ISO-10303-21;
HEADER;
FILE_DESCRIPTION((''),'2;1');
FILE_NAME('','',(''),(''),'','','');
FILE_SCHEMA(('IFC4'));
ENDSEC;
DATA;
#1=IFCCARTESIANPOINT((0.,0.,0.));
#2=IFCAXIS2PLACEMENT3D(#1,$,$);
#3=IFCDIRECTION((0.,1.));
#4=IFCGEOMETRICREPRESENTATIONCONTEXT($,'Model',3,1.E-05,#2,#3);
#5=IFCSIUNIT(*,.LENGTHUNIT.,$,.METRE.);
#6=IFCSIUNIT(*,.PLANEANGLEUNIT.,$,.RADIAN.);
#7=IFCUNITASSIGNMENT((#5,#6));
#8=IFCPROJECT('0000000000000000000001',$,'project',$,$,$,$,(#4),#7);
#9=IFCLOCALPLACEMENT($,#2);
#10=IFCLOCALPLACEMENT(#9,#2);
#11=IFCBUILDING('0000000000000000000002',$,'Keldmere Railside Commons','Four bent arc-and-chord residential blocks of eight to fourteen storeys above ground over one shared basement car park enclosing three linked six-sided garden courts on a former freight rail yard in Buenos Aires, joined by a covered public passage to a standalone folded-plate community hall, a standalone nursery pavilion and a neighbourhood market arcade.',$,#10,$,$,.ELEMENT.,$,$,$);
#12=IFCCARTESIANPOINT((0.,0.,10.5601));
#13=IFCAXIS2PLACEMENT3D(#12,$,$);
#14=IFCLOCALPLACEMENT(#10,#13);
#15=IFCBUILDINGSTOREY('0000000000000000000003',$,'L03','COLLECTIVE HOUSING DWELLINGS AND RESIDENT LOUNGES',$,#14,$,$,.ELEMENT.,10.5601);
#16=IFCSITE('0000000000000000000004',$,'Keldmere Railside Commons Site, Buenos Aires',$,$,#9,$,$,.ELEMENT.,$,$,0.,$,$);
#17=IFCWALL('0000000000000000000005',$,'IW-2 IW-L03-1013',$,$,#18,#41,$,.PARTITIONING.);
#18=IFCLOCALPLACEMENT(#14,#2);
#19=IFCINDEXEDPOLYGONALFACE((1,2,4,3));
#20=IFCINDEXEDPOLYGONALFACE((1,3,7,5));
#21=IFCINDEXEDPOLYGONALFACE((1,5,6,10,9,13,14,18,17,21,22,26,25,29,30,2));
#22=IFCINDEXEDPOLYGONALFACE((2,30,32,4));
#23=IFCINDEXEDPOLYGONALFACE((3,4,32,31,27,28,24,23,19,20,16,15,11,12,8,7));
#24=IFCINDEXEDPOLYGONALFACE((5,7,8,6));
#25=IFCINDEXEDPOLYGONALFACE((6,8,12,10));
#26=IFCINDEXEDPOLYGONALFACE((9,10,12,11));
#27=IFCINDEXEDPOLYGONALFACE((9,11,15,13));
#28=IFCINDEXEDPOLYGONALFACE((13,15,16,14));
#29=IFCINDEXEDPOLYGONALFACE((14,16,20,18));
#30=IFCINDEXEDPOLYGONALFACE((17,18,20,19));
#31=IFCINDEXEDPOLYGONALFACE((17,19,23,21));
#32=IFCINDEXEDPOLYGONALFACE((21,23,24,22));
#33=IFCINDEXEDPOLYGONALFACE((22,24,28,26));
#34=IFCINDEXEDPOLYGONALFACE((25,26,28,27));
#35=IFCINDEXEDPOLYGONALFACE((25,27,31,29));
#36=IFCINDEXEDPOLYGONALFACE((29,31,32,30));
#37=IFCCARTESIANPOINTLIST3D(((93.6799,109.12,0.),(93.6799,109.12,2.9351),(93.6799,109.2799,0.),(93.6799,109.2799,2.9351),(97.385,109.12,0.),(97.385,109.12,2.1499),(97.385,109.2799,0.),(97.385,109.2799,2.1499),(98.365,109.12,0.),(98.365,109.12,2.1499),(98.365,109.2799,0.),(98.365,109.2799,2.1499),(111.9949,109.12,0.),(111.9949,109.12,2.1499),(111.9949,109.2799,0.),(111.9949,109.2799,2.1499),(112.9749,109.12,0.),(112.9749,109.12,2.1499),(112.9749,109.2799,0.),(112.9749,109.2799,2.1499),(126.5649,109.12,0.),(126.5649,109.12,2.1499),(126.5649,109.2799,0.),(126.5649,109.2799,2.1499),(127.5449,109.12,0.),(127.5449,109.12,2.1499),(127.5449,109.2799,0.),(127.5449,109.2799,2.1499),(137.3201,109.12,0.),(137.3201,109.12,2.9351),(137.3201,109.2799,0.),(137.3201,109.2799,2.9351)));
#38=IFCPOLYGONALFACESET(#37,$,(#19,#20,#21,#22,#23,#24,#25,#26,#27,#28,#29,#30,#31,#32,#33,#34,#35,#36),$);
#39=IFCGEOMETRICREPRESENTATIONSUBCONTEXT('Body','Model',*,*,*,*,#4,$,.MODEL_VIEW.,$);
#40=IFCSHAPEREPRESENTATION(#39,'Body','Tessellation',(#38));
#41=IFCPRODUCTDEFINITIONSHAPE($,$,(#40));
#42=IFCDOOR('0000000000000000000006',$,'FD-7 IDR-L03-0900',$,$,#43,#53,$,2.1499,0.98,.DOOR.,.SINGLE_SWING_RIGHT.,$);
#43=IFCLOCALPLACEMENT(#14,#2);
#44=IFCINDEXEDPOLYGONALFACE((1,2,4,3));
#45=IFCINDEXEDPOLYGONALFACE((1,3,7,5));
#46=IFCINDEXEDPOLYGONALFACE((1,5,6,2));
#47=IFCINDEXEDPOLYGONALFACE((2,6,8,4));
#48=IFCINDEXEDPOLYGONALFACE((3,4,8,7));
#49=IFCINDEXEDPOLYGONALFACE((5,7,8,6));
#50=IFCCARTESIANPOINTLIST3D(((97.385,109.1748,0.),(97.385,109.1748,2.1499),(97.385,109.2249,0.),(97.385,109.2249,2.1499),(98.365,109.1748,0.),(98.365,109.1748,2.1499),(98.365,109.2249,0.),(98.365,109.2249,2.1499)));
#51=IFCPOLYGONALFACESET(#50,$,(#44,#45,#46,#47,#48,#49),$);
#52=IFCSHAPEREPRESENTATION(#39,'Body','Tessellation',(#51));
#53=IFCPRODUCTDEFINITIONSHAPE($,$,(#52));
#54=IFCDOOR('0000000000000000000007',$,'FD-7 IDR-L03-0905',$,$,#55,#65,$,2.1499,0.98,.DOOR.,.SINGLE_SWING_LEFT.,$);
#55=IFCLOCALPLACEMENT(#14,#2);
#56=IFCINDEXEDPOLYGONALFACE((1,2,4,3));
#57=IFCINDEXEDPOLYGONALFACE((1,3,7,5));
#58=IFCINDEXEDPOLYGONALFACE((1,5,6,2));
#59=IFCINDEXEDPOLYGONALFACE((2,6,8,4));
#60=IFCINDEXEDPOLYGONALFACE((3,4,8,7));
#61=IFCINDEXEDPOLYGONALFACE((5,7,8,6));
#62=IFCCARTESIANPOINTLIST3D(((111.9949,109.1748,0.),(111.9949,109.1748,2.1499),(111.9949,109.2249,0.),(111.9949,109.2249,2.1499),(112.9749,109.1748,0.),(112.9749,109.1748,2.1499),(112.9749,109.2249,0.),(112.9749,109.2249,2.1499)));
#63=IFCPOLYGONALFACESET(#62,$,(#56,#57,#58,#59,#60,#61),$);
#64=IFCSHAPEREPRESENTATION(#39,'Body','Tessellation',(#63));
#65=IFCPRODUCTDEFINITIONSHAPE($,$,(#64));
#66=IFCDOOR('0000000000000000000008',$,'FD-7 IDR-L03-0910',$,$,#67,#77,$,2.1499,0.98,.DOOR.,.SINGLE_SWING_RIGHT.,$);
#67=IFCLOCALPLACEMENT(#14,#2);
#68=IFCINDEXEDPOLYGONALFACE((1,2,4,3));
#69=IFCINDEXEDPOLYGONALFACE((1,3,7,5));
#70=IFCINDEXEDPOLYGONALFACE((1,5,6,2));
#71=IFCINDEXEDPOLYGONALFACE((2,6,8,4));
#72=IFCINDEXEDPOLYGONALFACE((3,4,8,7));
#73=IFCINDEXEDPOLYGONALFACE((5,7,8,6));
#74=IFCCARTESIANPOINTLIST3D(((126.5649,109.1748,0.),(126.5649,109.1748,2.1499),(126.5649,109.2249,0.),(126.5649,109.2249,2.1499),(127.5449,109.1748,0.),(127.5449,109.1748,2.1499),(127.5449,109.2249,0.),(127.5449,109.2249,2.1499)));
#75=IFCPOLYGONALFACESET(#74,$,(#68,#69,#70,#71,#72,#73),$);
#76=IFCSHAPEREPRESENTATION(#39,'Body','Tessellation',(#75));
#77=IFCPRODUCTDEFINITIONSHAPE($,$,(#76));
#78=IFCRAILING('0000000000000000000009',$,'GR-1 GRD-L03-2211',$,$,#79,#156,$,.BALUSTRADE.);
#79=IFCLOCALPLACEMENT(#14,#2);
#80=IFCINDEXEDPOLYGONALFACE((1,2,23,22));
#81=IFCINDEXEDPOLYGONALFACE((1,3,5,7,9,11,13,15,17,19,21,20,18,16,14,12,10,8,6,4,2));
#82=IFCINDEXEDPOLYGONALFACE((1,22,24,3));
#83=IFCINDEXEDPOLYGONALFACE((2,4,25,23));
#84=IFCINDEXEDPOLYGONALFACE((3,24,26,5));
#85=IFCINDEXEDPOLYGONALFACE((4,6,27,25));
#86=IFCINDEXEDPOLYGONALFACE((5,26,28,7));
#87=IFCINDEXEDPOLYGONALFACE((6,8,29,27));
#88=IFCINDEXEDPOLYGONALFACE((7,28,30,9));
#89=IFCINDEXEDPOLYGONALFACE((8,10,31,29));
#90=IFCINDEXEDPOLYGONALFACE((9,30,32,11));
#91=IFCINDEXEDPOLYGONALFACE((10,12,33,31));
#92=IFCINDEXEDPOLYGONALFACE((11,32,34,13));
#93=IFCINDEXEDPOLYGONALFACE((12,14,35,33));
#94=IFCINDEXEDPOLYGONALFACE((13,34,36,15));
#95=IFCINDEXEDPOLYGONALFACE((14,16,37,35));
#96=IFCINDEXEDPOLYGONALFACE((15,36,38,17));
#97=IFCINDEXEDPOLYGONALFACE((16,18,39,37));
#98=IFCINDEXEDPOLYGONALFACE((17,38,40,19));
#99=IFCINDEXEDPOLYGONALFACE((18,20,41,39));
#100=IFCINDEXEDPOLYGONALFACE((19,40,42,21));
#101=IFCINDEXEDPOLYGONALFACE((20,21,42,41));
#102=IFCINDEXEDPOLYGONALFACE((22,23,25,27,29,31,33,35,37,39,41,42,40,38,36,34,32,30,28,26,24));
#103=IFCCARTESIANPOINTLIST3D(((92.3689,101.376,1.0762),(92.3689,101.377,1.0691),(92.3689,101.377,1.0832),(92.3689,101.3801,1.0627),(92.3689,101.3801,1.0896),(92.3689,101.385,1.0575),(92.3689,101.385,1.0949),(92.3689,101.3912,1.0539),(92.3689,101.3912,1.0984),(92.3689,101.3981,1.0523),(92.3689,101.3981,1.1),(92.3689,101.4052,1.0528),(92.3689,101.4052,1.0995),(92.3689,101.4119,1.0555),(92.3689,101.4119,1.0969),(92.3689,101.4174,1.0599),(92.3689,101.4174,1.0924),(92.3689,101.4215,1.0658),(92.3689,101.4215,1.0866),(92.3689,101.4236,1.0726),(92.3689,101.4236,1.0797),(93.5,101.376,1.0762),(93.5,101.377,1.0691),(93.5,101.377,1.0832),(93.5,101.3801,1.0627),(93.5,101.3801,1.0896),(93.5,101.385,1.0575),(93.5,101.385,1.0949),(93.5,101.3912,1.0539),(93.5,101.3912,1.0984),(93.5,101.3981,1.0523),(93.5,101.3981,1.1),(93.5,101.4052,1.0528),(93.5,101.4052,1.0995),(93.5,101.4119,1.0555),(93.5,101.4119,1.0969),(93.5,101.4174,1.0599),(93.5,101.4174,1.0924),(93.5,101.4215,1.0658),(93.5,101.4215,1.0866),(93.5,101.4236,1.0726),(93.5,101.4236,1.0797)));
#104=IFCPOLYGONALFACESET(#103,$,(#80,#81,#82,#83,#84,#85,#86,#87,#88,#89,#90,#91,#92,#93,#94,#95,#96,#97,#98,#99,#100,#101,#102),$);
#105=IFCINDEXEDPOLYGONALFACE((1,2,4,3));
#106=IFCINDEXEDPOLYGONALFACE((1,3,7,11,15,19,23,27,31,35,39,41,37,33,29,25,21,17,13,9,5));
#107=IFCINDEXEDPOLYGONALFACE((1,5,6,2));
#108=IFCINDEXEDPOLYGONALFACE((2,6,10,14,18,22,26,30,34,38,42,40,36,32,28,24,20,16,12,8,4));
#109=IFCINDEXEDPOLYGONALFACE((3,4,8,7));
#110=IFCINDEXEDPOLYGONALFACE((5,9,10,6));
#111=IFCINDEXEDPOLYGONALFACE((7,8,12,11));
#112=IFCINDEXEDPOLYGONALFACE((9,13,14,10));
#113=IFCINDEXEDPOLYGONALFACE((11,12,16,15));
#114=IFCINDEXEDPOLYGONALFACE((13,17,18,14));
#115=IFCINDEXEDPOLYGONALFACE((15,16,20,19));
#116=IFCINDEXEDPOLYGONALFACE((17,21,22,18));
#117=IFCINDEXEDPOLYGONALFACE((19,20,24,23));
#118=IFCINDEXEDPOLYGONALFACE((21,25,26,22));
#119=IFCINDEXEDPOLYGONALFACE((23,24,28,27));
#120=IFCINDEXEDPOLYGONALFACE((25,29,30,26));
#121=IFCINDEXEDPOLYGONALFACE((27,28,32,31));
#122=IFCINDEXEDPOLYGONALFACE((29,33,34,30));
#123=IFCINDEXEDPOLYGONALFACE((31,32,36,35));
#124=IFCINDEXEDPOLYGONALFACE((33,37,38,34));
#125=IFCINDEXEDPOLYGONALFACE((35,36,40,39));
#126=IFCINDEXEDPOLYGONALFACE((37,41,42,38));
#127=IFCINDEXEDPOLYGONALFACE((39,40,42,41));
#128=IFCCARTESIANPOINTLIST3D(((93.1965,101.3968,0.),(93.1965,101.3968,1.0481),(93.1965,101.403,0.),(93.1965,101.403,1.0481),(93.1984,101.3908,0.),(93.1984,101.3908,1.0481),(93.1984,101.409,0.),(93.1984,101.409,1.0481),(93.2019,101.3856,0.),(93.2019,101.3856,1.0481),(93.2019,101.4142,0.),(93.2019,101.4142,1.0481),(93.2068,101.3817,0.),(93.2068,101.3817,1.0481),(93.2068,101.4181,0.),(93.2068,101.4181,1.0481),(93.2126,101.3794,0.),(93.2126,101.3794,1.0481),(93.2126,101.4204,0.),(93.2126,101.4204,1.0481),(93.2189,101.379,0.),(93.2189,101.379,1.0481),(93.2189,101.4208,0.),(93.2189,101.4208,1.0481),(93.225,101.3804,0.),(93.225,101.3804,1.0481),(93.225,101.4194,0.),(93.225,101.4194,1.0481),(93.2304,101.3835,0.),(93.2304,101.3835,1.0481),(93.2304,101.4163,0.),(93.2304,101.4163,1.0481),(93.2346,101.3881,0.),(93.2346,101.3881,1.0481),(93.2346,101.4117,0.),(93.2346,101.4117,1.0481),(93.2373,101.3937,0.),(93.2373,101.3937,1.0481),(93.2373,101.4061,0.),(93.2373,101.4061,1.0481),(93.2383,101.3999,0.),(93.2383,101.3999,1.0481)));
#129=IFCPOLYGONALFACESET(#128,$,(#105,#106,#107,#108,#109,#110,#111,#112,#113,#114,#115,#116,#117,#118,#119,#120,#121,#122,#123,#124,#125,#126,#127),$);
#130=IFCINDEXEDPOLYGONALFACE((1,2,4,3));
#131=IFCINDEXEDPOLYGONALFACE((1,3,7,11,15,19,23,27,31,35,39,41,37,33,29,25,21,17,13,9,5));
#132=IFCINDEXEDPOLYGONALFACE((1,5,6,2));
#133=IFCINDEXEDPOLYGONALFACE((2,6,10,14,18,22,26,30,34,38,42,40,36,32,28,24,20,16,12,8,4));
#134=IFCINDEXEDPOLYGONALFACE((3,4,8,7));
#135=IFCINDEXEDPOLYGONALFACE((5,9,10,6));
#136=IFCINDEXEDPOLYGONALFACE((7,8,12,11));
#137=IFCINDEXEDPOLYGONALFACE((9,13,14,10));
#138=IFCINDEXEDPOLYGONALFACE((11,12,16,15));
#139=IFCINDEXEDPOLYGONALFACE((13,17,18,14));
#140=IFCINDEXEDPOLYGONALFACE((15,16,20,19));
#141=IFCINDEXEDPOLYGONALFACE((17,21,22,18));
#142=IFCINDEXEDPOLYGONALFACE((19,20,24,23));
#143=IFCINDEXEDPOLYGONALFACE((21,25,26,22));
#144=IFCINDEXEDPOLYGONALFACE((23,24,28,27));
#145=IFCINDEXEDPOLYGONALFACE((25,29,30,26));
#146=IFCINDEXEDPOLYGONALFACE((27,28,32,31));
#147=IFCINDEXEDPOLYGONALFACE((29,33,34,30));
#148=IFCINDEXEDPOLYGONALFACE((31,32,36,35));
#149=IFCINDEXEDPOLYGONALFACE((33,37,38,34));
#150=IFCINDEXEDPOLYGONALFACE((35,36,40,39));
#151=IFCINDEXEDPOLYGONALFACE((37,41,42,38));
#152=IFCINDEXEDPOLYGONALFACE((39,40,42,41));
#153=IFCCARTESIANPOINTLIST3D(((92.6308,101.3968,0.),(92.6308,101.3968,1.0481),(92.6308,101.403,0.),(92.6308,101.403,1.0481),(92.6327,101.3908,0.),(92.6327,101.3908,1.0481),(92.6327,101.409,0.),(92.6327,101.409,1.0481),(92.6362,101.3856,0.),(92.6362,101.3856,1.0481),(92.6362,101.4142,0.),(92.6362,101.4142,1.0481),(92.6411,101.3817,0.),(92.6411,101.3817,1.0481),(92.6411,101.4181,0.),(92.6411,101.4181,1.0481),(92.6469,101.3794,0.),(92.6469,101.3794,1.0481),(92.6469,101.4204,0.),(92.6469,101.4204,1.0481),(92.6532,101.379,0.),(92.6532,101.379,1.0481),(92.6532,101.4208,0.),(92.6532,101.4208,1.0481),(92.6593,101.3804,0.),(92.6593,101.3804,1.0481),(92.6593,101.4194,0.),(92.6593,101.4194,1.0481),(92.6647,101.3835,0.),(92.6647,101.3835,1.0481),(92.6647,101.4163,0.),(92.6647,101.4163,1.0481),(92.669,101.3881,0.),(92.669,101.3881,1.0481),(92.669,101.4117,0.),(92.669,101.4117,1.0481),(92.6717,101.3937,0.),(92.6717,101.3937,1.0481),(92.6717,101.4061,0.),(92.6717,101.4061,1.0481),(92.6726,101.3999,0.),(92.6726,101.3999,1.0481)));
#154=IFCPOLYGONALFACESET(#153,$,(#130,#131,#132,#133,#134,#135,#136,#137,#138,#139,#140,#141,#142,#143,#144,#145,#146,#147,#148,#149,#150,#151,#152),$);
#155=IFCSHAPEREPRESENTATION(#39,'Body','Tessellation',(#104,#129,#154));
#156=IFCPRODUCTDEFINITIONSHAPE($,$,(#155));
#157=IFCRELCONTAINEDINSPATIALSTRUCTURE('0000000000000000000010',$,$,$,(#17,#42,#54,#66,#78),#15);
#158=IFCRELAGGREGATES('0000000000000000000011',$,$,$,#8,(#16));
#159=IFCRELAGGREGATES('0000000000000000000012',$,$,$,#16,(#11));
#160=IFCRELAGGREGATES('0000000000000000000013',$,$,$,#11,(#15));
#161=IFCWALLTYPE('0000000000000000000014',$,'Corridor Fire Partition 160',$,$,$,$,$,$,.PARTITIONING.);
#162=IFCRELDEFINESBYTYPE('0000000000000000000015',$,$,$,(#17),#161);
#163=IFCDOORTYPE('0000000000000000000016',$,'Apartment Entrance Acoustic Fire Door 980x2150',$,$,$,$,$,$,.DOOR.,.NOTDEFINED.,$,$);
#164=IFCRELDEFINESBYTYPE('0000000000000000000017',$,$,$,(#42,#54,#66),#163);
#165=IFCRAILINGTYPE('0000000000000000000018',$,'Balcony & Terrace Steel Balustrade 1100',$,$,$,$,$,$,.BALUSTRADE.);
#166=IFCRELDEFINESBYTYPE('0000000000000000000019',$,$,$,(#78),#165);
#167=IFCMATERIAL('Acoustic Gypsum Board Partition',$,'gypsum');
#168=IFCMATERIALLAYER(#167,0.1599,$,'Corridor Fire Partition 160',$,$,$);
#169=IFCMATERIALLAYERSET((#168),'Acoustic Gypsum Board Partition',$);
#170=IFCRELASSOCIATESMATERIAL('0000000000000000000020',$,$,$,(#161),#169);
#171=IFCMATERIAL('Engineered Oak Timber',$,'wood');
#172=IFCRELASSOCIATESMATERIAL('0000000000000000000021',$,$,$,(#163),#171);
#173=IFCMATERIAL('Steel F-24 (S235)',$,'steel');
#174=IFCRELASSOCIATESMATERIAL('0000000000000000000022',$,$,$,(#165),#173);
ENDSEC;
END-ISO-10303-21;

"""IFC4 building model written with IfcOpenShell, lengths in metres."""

from ifc_helpers import new_model, si_unit, direction, frame, frame_2d, origin, origin_2d, place, context, subcontext, project, spatial, rectangle, circle, extrude, material, layer, layer_set, type_object, element, fill, save


model = new_model("IFC4")

# Units and contexts
model_context = context("Model", 3, precision=1e-05, world=origin(), true_north=direction((0.0, 1.0)))
body_context = subcontext(model_context, "Body", "Model", "MODEL_VIEW")
ifc_project = project(units=[si_unit("LENGTHUNIT", "METRE"), si_unit("PLANEANGLEUNIT", "RADIAN")], contexts=[model_context])

# Site, building, storey
site_placement = place(None, origin())
site = spatial("IfcSite", under=ifc_project, at=site_placement, Name="Keldmere Railside Commons Site, Buenos Aires", CompositionType="ELEMENT", RefElevation=0.0)
building_placement = place(site_placement, origin())
building = spatial("IfcBuilding", under=site, at=building_placement, Name="Keldmere Railside Commons", Description="Four bent arc-and-chord residential blocks of eight to fourteen storeys above ground over one shared basement car park enclosing three linked six-sided garden courts on a former freight rail yard in Buenos Aires, joined by a covered public passage to a standalone folded-plate community hall, a standalone nursery pavilion and a neighbourhood market arcade.", CompositionType="ELEMENT")
storey_placement = place(building_placement, frame((0.0, 0.0, 10.5601)))
storey = spatial("IfcBuildingStorey", under=building, at=storey_placement, Name="L03", Description="COLLECTIVE HOUSING DWELLINGS AND RESIDENT LOUNGES", CompositionType="ELEMENT", Elevation=10.5601)

# Shared definitions
ifc_material_1 = material(Name="Acoustic Gypsum Board Partition", Category="gypsum")
ifc_layer = layer(ifc_material_1, 0.1599, Name="Corridor Fire Partition 160")
ifc_layer_set = layer_set([ifc_layer], Name="Acoustic Gypsum Board Partition")
wall_type = type_object("IfcWallType", Name="Corridor Fire Partition 160", PredefinedType="PARTITIONING", material=ifc_layer_set)

# Wall, openings, doors
wall_1_placement = place(storey_placement, frame((93.6799, 109.2, 0.0), z_axis=(0.0, 0.0, 1.0), x_axis=(1.0, 0.0, 0.0)))
wall_1 = element("IfcWall", 1, at=wall_1_placement, inside=storey, type_object=wall_type, Name="IW-2 IW-L03-1013", PredefinedType="PARTITIONING", context=body_context, shape_type="SweptSolid", body=[
    extrude(rectangle(XDim=43.6401, YDim=0.1599, at=frame_2d((21.8201, 0.0))), origin(), (0.0, 0.0, 1.0), 2.9351),
])
opening_1_placement = place(wall_1_placement, frame((3.7051, 0.0, 0.0)))
opening_1 = element("IfcOpeningElement", 2, at=opening_1_placement, cuts=wall_1, PredefinedType="OPENING", context=body_context, shape_type="SweptSolid", body=[
    extrude(rectangle(XDim=0.98, YDim=2.1499, at=frame_2d((0.49, 1.075))), frame((0.0, 0.0898, 0.0), z_axis=(0.0, -1.0, 0.0), x_axis=(1.0, 0.0, 0.0)), (0.0, 0.0, 1.0), 0.1799),
])
opening_2_placement = place(wall_1_placement, frame((18.3149, 0.0, 0.0)))
opening_2 = element("IfcOpeningElement", 3, at=opening_2_placement, cuts=wall_1, PredefinedType="OPENING", context=body_context, shape_type="SweptSolid", body=[
    extrude(rectangle(XDim=0.98, YDim=2.1499, at=frame_2d((0.49, 1.075))), frame((0.0, 0.0898, 0.0), z_axis=(0.0, -1.0, 0.0), x_axis=(1.0, 0.0, 0.0)), (0.0, 0.0, 1.0), 0.1799),
])
opening_3_placement = place(wall_1_placement, frame((32.885, 0.0, 0.0)))
opening_3 = element("IfcOpeningElement", 4, at=opening_3_placement, cuts=wall_1, PredefinedType="OPENING", context=body_context, shape_type="SweptSolid", body=[
    extrude(rectangle(XDim=0.98, YDim=2.1499, at=frame_2d((0.49, 1.075))), frame((0.0, 0.0898, 0.0), z_axis=(0.0, -1.0, 0.0), x_axis=(1.0, 0.0, 0.0)), (0.0, 0.0, 1.0), 0.1799),
])
ifc_material_2 = material(Name="Engineered Oak Timber", Category="wood")
door_type = type_object("IfcDoorType", Name="Apartment Entrance Acoustic Fire Door 980x2150", OperationType="NOTDEFINED", PredefinedType="DOOR", material=ifc_material_2)
door_1_placement = place(opening_1_placement, origin())
door_1 = element("IfcDoor", 5, at=door_1_placement, inside=storey, type_object=door_type, Name="FD-7 IDR-L03-0900", OperationType="SINGLE_SWING_RIGHT", OverallHeight=2.1499, OverallWidth=0.98, PredefinedType="DOOR", context=body_context, shape_type="SweptSolid", body=[
    extrude(rectangle(XDim=0.98, YDim=2.1499, at=frame_2d((0.49, 1.075))), frame((0.0, 0.0249, 0.0), z_axis=(0.0, -1.0, 0.0), x_axis=(1.0, 0.0, 0.0)), (0.0, 0.0, 1.0), 0.05),
])
fill(opening_1, door_1)
door_2_placement = place(opening_2_placement, origin())
door_2 = element("IfcDoor", 6, at=door_2_placement, inside=storey, type_object=door_type, Name="FD-7 IDR-L03-0905", OperationType="SINGLE_SWING_LEFT", OverallHeight=2.1499, OverallWidth=0.98, PredefinedType="DOOR", context=body_context, shape_type="SweptSolid", body=[
    extrude(rectangle(XDim=0.98, YDim=2.1499, at=frame_2d((0.49, 1.075))), frame((0.0, 0.0249, 0.0), z_axis=(0.0, -1.0, 0.0), x_axis=(1.0, 0.0, 0.0)), (0.0, 0.0, 1.0), 0.05),
])
fill(opening_2, door_2)
door_3_placement = place(opening_3_placement, origin())
door_3 = element("IfcDoor", 7, at=door_3_placement, inside=storey, type_object=door_type, Name="FD-7 IDR-L03-0910", OperationType="SINGLE_SWING_RIGHT", OverallHeight=2.1499, OverallWidth=0.98, PredefinedType="DOOR", context=body_context, shape_type="SweptSolid", body=[
    extrude(rectangle(XDim=0.98, YDim=2.1499, at=frame_2d((0.49, 1.075))), frame((0.0, 0.0249, 0.0), z_axis=(0.0, -1.0, 0.0), x_axis=(1.0, 0.0, 0.0)), (0.0, 0.0, 1.0), 0.05),
])
fill(opening_3, door_3)

# Railing
ifc_material_3 = material(Name="Steel F-24 (S235)", Category="steel")
railing_type = type_object("IfcRailingType", Name="Balcony & Terrace Steel Balustrade 1100", PredefinedType="BALUSTRADE", material=ifc_material_3)
railing_1_placement = place(storey_placement, frame((93.5, 101.3999, 0.0)))
element("IfcRailing", 8, at=railing_1_placement, inside=storey, type_object=railing_type, Name="GR-1 GRD-L03-2211", PredefinedType="BALUSTRADE", context=body_context, shape_type="SweptSolid", body=[
    extrude(circle(Radius=0.0239, at=origin_2d()), frame((0.0, 0.0, 1.0762), z_axis=(-1.0, 0.0, 0.0), x_axis=(0.0, -1.0, 0.0)), (0.0, 0.0, 1.0), 1.1311),
    extrude(circle(Radius=0.021, at=origin_2d()), frame((-0.2827, 0.0, 0.0)), (0.0, 0.0, 1.0), 1.0481),
    extrude(circle(Radius=0.021, at=origin_2d()), frame((-0.8484, 0.0, 0.0)), (0.0, 0.0, 1.0), 1.0481),
])

save(model, "model.ifc")
